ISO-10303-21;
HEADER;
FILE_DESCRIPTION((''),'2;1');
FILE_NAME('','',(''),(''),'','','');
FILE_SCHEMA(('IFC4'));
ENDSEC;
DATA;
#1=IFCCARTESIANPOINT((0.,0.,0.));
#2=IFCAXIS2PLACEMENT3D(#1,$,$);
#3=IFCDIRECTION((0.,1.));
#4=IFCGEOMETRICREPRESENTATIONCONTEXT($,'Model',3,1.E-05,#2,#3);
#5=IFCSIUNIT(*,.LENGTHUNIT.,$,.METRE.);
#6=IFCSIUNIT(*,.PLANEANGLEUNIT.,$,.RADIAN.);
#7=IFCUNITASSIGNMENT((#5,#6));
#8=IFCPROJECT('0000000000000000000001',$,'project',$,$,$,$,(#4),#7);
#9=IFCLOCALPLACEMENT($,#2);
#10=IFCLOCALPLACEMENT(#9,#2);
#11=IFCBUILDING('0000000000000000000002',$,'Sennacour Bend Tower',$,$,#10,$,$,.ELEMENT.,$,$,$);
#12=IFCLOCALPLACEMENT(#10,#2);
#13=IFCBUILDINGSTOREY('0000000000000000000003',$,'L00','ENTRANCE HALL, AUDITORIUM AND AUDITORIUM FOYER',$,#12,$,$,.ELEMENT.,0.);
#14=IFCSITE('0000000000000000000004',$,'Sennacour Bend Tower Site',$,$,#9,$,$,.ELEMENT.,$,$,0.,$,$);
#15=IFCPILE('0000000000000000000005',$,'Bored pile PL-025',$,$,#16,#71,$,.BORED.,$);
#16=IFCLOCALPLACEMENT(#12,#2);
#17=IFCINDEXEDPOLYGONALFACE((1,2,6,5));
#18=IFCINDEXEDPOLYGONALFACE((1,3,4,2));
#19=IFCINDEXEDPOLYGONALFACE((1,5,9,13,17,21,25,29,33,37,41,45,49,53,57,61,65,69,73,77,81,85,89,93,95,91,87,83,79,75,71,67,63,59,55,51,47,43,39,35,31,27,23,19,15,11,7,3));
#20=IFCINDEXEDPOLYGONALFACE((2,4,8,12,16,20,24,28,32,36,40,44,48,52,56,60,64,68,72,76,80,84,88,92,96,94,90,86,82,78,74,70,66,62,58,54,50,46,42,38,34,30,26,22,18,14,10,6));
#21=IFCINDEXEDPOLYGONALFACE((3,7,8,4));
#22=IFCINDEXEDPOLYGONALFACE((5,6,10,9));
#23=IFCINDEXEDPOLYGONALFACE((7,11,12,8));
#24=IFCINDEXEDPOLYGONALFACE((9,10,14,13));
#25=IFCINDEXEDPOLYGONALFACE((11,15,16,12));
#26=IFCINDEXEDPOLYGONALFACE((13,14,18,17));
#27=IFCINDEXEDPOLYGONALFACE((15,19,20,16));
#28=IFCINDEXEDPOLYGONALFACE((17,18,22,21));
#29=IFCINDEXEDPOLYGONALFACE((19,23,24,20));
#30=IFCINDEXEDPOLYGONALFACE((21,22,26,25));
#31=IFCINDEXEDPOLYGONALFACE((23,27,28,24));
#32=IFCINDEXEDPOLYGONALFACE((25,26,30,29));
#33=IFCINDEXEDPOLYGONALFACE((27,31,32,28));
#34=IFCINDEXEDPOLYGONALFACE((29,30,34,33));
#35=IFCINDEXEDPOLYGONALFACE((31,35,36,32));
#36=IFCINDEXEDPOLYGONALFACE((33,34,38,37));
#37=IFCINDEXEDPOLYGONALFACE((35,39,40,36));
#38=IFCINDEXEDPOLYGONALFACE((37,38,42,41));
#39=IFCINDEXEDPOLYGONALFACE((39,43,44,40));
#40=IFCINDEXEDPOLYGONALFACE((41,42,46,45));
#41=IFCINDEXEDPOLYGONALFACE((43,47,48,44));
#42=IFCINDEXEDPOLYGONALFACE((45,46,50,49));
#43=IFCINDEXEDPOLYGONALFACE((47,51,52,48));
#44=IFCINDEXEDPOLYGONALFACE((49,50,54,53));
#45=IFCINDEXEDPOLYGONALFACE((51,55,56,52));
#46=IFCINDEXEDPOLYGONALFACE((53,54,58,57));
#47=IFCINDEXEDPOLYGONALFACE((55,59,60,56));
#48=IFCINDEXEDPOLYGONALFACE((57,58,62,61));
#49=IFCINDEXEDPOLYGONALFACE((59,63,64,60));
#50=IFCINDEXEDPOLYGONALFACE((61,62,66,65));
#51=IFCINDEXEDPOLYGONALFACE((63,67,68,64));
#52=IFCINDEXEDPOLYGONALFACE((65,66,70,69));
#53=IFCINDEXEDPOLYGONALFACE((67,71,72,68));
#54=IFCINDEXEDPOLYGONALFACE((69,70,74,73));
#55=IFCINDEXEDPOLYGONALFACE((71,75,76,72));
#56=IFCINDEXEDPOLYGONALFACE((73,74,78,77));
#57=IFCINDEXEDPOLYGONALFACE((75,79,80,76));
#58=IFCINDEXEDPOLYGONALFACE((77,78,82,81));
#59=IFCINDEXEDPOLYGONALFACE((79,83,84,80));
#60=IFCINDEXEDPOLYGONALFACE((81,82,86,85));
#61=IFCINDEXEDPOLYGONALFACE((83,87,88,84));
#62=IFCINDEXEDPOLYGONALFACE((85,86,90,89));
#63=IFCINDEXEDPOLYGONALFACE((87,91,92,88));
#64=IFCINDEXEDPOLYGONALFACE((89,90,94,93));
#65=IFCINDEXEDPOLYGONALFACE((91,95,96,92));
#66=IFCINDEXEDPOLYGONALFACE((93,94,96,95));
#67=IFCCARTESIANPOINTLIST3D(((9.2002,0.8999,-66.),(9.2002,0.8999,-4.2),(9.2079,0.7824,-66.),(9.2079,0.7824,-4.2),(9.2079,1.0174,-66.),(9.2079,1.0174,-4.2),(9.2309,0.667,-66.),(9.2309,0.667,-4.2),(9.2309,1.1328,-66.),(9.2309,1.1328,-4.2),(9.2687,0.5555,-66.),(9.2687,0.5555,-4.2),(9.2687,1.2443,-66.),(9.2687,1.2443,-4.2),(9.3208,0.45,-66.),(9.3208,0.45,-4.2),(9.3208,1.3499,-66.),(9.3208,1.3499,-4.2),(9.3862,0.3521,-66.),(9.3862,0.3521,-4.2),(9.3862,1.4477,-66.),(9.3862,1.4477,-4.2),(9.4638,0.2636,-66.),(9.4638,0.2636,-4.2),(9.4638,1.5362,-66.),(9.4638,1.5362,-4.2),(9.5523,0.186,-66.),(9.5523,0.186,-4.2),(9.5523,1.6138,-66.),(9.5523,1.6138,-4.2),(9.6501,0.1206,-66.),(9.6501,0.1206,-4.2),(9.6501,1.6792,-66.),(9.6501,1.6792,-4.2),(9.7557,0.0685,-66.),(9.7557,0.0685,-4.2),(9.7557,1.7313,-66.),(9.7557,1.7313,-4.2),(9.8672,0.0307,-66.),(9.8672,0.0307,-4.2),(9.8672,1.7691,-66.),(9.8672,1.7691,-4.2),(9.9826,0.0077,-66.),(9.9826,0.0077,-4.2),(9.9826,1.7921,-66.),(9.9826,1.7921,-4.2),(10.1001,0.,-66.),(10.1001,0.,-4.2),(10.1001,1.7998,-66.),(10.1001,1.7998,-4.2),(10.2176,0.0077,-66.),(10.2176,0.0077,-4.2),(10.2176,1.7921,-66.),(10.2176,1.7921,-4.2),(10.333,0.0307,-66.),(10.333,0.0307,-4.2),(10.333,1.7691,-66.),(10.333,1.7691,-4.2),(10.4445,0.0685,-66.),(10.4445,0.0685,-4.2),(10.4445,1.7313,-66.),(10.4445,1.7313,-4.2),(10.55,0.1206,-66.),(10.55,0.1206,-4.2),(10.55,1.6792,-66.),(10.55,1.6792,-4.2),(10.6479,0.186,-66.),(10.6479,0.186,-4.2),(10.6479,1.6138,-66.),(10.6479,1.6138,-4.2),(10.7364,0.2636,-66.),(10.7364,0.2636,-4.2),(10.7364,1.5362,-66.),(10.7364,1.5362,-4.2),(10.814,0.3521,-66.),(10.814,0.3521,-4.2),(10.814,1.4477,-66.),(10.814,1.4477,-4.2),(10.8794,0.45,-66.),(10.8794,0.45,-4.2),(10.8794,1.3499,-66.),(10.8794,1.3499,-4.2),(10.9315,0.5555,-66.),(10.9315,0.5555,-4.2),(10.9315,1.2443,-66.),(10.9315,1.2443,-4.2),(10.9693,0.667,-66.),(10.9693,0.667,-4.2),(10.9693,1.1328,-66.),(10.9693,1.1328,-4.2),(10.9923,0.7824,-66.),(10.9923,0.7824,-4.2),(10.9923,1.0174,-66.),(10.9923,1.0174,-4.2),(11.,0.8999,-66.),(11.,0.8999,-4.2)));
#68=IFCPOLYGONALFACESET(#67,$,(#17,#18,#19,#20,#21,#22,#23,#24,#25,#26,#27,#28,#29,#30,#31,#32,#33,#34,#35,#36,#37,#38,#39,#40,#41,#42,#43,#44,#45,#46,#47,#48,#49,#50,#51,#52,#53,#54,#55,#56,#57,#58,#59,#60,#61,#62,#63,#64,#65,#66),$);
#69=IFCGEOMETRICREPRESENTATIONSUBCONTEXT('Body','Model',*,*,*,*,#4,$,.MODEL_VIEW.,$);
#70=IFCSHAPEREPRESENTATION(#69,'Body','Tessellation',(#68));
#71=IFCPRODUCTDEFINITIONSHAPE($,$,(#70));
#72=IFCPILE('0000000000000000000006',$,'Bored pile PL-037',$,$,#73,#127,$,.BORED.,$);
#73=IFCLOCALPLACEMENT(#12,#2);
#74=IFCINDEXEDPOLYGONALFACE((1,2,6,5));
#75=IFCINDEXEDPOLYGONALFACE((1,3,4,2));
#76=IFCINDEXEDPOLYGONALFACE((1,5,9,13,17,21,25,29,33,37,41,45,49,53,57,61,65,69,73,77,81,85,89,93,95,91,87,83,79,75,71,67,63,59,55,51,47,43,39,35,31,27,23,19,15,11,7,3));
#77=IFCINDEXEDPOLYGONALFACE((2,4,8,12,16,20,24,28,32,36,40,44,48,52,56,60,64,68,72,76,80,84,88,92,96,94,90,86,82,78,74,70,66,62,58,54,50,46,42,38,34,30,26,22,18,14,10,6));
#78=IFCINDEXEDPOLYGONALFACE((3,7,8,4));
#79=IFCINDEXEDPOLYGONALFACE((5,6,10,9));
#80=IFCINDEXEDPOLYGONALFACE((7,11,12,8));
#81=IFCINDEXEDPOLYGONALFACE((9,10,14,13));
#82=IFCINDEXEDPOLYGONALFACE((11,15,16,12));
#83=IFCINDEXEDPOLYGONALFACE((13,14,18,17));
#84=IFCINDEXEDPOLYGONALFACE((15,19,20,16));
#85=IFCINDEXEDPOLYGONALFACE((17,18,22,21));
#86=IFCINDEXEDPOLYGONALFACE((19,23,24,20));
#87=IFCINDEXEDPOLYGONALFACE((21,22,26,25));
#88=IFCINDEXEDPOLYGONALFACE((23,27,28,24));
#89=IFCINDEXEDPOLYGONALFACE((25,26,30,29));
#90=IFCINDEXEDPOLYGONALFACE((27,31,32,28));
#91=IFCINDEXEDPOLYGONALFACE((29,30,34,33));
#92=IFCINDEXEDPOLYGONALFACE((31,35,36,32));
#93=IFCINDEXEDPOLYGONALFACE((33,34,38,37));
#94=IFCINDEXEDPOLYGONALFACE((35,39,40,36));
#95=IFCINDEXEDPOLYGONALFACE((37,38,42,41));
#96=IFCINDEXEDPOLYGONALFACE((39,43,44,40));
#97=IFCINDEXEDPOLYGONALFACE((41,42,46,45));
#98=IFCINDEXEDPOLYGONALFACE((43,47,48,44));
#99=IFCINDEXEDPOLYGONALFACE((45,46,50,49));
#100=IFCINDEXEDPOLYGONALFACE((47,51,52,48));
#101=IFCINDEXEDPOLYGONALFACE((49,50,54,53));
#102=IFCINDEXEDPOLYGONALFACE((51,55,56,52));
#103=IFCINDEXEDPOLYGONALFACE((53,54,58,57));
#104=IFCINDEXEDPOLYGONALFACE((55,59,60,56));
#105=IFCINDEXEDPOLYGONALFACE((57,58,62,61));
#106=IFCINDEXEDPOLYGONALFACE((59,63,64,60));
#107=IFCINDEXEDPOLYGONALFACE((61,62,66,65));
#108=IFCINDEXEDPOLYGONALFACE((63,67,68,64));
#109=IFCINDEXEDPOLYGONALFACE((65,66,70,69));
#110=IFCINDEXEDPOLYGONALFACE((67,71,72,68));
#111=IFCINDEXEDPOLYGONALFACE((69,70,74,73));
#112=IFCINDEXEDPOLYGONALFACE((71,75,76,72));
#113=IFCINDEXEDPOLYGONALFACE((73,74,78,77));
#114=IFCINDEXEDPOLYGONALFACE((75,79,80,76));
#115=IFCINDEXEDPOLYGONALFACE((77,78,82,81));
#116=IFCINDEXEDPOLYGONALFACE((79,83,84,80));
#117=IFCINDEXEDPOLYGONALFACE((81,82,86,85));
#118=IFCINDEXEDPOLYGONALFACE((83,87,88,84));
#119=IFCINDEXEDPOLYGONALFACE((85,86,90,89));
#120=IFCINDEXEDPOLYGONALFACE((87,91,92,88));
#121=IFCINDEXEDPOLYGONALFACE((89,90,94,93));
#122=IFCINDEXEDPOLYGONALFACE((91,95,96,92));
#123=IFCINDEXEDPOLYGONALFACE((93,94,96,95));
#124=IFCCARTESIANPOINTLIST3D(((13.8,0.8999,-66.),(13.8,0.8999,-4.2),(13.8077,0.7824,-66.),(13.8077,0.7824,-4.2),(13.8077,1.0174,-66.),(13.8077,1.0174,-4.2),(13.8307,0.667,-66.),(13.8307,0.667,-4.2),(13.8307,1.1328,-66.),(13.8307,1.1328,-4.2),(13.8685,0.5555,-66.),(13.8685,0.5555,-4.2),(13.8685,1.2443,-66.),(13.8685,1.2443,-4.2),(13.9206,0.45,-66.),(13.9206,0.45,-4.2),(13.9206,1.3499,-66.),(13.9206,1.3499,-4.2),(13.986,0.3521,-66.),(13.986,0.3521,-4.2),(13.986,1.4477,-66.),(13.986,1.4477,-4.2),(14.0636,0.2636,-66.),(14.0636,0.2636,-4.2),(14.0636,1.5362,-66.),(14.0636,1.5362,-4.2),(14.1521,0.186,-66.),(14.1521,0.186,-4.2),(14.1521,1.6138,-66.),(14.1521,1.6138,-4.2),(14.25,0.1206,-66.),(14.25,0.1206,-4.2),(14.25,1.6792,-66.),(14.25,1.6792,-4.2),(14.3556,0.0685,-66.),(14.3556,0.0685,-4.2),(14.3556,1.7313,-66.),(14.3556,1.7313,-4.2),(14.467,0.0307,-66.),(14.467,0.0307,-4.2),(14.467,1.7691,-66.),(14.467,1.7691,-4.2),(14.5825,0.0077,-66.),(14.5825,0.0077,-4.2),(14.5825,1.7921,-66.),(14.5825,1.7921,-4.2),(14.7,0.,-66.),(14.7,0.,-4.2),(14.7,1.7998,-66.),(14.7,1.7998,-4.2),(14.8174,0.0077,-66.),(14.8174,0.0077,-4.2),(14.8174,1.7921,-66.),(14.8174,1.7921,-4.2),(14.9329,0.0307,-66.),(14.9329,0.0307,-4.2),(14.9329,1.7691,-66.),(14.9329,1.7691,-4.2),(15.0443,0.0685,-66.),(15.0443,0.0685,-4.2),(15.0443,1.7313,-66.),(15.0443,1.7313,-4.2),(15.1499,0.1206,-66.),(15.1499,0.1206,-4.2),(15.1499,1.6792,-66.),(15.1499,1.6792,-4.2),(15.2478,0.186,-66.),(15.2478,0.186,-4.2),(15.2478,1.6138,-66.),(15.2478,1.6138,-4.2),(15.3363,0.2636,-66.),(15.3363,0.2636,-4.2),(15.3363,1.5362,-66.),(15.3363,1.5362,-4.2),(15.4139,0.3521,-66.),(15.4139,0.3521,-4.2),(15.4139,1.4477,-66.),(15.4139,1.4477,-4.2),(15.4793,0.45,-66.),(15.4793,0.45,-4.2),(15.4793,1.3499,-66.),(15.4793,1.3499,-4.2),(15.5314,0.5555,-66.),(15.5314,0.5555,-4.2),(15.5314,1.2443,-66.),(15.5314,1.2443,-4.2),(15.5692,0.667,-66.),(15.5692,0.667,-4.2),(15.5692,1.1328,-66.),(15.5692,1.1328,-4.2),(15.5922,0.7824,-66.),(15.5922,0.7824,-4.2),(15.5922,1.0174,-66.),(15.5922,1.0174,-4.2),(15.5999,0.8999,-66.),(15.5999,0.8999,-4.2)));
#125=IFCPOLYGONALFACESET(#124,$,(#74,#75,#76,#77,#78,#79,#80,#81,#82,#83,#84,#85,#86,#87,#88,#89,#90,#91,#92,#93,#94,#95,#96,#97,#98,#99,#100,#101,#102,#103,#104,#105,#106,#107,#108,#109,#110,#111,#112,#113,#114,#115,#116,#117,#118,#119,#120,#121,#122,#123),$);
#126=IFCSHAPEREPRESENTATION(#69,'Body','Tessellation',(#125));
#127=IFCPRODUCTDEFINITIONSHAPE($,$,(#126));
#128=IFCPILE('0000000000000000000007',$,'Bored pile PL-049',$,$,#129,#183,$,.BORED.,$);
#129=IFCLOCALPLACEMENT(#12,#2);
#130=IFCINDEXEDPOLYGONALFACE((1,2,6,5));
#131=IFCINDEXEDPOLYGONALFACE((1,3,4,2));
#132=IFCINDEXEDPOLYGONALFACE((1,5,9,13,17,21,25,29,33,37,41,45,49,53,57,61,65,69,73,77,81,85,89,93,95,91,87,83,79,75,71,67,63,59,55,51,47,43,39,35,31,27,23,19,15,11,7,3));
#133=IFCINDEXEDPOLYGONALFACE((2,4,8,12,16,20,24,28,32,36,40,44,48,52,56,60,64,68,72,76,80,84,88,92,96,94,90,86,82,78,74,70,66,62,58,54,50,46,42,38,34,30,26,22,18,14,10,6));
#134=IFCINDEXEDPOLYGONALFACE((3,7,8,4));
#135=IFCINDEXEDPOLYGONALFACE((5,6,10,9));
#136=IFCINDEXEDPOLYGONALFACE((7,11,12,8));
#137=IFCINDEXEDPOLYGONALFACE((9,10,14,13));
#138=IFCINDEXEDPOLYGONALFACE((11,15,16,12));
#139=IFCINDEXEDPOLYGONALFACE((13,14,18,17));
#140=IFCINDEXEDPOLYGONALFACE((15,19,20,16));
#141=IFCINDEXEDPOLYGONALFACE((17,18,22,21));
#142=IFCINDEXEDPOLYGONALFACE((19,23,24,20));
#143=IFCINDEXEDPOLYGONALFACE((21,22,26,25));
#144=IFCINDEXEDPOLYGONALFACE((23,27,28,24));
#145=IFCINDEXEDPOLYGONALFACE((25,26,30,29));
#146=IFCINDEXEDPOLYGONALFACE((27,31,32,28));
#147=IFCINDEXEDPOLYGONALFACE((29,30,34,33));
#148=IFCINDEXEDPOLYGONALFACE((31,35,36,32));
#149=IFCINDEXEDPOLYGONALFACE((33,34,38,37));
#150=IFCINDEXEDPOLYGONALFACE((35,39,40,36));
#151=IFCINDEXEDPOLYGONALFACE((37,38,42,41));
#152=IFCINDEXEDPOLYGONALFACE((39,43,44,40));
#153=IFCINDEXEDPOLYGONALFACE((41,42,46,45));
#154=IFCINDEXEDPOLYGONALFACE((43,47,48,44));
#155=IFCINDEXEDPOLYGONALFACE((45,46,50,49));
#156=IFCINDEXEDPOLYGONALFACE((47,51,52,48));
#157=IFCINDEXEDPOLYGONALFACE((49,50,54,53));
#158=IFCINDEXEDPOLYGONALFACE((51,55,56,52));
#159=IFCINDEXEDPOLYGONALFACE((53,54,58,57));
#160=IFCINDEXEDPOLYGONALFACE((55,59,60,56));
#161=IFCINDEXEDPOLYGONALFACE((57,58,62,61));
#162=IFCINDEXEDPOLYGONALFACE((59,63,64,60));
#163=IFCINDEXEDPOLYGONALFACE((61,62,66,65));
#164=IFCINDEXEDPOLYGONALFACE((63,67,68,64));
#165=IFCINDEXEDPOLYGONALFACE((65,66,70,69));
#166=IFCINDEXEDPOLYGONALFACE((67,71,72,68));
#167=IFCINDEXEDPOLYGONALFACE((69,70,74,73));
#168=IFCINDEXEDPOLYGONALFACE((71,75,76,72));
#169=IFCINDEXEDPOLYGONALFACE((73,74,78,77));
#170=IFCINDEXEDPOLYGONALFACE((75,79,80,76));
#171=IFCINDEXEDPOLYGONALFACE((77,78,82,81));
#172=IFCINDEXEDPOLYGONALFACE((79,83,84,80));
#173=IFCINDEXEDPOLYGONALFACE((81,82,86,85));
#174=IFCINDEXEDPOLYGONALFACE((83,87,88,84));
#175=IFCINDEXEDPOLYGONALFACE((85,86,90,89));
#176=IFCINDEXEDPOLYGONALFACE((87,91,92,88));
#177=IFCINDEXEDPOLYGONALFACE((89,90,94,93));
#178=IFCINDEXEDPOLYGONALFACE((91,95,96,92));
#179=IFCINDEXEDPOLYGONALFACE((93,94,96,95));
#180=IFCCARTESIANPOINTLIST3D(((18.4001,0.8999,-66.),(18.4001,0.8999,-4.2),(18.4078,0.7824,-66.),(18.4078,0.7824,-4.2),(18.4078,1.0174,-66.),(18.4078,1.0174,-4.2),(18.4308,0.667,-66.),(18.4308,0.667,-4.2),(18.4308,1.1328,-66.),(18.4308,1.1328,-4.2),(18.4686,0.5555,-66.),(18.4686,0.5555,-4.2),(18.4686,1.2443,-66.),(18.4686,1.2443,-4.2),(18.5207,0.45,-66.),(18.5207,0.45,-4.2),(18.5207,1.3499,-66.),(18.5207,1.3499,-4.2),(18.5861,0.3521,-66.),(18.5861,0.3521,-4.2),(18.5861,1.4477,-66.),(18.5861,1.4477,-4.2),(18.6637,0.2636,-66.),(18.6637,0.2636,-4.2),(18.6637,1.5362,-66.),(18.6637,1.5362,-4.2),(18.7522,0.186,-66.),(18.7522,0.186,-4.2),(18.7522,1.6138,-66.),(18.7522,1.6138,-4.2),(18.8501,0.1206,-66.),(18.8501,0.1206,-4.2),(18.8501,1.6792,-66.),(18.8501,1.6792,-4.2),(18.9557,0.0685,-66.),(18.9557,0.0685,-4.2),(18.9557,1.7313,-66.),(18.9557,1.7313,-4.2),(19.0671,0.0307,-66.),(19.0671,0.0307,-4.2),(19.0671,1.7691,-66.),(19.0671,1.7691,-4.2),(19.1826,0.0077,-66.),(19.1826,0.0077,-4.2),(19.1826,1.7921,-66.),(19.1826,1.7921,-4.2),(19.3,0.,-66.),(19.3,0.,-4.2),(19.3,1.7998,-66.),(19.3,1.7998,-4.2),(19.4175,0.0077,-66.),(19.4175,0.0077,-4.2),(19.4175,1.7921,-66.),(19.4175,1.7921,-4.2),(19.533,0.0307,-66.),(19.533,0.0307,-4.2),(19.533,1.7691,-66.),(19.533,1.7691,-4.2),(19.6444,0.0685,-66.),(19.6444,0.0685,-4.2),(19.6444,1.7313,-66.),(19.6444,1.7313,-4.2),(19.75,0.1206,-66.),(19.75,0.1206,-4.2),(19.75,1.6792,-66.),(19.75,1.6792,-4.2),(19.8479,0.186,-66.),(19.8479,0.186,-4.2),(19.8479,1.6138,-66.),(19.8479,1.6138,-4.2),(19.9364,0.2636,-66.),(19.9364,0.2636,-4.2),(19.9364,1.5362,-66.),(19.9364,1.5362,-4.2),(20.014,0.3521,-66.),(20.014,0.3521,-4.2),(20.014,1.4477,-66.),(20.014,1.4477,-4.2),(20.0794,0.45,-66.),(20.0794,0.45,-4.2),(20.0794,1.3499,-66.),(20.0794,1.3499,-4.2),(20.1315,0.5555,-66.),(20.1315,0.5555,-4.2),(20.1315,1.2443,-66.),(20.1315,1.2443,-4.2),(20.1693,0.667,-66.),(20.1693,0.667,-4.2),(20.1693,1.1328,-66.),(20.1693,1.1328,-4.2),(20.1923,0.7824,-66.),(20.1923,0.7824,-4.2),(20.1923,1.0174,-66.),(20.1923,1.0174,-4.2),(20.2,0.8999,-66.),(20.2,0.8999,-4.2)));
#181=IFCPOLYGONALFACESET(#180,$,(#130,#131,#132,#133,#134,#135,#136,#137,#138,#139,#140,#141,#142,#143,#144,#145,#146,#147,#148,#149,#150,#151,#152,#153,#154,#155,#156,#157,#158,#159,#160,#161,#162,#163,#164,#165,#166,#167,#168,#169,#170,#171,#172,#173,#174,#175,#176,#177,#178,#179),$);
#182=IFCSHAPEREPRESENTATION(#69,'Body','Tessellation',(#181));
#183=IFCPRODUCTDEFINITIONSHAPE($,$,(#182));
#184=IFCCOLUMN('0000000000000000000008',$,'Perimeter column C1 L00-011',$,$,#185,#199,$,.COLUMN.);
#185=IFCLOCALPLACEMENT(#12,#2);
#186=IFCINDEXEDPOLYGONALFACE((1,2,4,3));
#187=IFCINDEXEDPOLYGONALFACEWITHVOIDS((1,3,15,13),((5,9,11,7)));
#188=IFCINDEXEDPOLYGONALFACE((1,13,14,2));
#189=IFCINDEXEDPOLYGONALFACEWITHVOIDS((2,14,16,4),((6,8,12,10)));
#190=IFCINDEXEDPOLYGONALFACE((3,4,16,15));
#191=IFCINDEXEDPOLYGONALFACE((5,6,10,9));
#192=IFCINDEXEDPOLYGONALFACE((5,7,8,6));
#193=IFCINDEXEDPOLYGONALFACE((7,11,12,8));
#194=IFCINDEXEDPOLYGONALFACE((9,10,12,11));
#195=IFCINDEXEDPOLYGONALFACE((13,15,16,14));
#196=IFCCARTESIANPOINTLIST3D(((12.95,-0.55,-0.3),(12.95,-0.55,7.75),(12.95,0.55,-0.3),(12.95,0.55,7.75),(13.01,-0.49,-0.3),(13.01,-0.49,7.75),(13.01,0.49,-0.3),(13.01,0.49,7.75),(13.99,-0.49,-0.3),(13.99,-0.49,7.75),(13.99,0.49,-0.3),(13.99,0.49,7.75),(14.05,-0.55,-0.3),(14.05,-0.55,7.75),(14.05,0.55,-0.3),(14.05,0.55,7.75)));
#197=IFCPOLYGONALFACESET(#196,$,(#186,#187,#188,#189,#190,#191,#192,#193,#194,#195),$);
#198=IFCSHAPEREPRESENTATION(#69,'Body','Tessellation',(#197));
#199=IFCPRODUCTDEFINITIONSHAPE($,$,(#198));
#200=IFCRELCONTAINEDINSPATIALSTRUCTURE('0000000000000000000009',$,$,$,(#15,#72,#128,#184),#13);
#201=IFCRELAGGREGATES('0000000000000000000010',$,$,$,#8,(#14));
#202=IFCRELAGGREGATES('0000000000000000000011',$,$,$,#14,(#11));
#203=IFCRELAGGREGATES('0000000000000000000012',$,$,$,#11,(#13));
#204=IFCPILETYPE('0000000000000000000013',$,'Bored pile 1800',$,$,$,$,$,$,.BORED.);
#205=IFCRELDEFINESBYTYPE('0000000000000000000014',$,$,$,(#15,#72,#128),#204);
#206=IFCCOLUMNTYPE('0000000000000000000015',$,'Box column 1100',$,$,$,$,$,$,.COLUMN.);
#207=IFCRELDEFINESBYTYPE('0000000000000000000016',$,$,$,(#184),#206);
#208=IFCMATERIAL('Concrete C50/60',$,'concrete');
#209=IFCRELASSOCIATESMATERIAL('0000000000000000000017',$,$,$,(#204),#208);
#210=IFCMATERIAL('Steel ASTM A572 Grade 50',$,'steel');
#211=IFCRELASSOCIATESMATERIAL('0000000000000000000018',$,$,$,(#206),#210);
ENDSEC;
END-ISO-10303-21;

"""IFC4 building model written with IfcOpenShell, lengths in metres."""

from ifc_helpers import new_model, si_unit, direction, frame, origin, origin_2d, place, context, subcontext, project, spatial, hollow_rectangle, circle, extrude, material, material_profile, profile_set, type_object, element, save


model = new_model("IFC4")

# Units and contexts
model_context = context("Model", 3, precision=1e-05, world=origin(), true_north=direction((0.0, 1.0)))
body_context = subcontext(model_context, "Body", "Model", "MODEL_VIEW")
ifc_project = project(units=[si_unit("LENGTHUNIT", "METRE"), si_unit("PLANEANGLEUNIT", "RADIAN")], contexts=[model_context])

# Site, building, storey
site_placement = place(None, origin())
site = spatial("IfcSite", under=ifc_project, at=site_placement, Name="Sennacour Bend Tower Site", CompositionType="ELEMENT", RefElevation=0.0)
building_placement = place(site_placement, origin())
building = spatial("IfcBuilding", under=site, at=building_placement, Name="Sennacour Bend Tower", CompositionType="ELEMENT")
storey_placement = place(building_placement, origin())
storey = spatial("IfcBuildingStorey", under=building, at=storey_placement, Name="L00", Description="ENTRANCE HALL, AUDITORIUM AND AUDITORIUM FOYER", CompositionType="ELEMENT", Elevation=0.0)

# Piles
ifc_material_1 = material(Name="Concrete C50/60", Category="concrete")
ifc_material_profile_1 = material_profile(ifc_material_1, circle(Radius=0.8999, at=origin_2d()), Name="Concrete C50/60", Category="concrete")
ifc_profile_set_1 = profile_set([ifc_material_profile_1], Name="Concrete C50/60")
pile_type = type_object("IfcPileType", Name="Bored pile 1800", PredefinedType="BORED", material=ifc_profile_set_1)
for number, where, z_axis, x_axis, name in (
    (1, (10.1001, 0.8999, -4.2), (0.0, 0.0, -1.0), (1.0, 0.0, 0.0), "Bored pile PL-025"),
    (2, (14.7, 0.8999, -4.2), (0.0, 0.0, -1.0), (1.0, 0.0, 0.0), "Bored pile PL-037"),
    (3, (19.3, 0.8999, -4.2), (0.0, 0.0, -1.0), (1.0, 0.0, 0.0), "Bored pile PL-049"),
):
    element("IfcPile", number, at=place(storey_placement, frame(where, z_axis=z_axis, x_axis=x_axis)), inside=storey, type_object=pile_type, Name=name, PredefinedType="BORED", context=body_context, shape_type="SweptSolid", body=[
        extrude(circle(Radius=0.8999, at=origin_2d()), origin(), (0.0, 0.0, 1.0), 61.8),
    ])

# Column
ifc_material_2 = material(Name="Steel ASTM A572 Grade 50", Category="steel")
ifc_material_profile_2 = material_profile(ifc_material_2, hollow_rectangle(XDim=1.1001, YDim=1.1001, WallThickness=0.0601, at=origin_2d()), Name="Steel ASTM A572 Grade 50", Category="steel")
ifc_profile_set_2 = profile_set([ifc_material_profile_2], Name="Steel ASTM A572 Grade 50")
column_type = type_object("IfcColumnType", Name="Box column 1100", PredefinedType="COLUMN", material=ifc_profile_set_2)
for number, where, z_axis, x_axis, name in (
    (4, (13.5, 0.0, -0.3), (0.0, 0.0, 1.0), (1.0, 0.0, 0.0), "Perimeter column C1 L00-011"),
):
    element("IfcColumn", number, at=place(storey_placement, frame(where, z_axis=z_axis, x_axis=x_axis)), inside=storey, type_object=column_type, Name=name, PredefinedType="COLUMN", context=body_context, shape_type="SweptSolid", body=[
        extrude(hollow_rectangle(XDim=1.1001, YDim=1.1001, WallThickness=0.0601, at=origin_2d()), origin(), (0.0, 0.0, 1.0), 8.05),
    ])

save(model, "model.ifc")
